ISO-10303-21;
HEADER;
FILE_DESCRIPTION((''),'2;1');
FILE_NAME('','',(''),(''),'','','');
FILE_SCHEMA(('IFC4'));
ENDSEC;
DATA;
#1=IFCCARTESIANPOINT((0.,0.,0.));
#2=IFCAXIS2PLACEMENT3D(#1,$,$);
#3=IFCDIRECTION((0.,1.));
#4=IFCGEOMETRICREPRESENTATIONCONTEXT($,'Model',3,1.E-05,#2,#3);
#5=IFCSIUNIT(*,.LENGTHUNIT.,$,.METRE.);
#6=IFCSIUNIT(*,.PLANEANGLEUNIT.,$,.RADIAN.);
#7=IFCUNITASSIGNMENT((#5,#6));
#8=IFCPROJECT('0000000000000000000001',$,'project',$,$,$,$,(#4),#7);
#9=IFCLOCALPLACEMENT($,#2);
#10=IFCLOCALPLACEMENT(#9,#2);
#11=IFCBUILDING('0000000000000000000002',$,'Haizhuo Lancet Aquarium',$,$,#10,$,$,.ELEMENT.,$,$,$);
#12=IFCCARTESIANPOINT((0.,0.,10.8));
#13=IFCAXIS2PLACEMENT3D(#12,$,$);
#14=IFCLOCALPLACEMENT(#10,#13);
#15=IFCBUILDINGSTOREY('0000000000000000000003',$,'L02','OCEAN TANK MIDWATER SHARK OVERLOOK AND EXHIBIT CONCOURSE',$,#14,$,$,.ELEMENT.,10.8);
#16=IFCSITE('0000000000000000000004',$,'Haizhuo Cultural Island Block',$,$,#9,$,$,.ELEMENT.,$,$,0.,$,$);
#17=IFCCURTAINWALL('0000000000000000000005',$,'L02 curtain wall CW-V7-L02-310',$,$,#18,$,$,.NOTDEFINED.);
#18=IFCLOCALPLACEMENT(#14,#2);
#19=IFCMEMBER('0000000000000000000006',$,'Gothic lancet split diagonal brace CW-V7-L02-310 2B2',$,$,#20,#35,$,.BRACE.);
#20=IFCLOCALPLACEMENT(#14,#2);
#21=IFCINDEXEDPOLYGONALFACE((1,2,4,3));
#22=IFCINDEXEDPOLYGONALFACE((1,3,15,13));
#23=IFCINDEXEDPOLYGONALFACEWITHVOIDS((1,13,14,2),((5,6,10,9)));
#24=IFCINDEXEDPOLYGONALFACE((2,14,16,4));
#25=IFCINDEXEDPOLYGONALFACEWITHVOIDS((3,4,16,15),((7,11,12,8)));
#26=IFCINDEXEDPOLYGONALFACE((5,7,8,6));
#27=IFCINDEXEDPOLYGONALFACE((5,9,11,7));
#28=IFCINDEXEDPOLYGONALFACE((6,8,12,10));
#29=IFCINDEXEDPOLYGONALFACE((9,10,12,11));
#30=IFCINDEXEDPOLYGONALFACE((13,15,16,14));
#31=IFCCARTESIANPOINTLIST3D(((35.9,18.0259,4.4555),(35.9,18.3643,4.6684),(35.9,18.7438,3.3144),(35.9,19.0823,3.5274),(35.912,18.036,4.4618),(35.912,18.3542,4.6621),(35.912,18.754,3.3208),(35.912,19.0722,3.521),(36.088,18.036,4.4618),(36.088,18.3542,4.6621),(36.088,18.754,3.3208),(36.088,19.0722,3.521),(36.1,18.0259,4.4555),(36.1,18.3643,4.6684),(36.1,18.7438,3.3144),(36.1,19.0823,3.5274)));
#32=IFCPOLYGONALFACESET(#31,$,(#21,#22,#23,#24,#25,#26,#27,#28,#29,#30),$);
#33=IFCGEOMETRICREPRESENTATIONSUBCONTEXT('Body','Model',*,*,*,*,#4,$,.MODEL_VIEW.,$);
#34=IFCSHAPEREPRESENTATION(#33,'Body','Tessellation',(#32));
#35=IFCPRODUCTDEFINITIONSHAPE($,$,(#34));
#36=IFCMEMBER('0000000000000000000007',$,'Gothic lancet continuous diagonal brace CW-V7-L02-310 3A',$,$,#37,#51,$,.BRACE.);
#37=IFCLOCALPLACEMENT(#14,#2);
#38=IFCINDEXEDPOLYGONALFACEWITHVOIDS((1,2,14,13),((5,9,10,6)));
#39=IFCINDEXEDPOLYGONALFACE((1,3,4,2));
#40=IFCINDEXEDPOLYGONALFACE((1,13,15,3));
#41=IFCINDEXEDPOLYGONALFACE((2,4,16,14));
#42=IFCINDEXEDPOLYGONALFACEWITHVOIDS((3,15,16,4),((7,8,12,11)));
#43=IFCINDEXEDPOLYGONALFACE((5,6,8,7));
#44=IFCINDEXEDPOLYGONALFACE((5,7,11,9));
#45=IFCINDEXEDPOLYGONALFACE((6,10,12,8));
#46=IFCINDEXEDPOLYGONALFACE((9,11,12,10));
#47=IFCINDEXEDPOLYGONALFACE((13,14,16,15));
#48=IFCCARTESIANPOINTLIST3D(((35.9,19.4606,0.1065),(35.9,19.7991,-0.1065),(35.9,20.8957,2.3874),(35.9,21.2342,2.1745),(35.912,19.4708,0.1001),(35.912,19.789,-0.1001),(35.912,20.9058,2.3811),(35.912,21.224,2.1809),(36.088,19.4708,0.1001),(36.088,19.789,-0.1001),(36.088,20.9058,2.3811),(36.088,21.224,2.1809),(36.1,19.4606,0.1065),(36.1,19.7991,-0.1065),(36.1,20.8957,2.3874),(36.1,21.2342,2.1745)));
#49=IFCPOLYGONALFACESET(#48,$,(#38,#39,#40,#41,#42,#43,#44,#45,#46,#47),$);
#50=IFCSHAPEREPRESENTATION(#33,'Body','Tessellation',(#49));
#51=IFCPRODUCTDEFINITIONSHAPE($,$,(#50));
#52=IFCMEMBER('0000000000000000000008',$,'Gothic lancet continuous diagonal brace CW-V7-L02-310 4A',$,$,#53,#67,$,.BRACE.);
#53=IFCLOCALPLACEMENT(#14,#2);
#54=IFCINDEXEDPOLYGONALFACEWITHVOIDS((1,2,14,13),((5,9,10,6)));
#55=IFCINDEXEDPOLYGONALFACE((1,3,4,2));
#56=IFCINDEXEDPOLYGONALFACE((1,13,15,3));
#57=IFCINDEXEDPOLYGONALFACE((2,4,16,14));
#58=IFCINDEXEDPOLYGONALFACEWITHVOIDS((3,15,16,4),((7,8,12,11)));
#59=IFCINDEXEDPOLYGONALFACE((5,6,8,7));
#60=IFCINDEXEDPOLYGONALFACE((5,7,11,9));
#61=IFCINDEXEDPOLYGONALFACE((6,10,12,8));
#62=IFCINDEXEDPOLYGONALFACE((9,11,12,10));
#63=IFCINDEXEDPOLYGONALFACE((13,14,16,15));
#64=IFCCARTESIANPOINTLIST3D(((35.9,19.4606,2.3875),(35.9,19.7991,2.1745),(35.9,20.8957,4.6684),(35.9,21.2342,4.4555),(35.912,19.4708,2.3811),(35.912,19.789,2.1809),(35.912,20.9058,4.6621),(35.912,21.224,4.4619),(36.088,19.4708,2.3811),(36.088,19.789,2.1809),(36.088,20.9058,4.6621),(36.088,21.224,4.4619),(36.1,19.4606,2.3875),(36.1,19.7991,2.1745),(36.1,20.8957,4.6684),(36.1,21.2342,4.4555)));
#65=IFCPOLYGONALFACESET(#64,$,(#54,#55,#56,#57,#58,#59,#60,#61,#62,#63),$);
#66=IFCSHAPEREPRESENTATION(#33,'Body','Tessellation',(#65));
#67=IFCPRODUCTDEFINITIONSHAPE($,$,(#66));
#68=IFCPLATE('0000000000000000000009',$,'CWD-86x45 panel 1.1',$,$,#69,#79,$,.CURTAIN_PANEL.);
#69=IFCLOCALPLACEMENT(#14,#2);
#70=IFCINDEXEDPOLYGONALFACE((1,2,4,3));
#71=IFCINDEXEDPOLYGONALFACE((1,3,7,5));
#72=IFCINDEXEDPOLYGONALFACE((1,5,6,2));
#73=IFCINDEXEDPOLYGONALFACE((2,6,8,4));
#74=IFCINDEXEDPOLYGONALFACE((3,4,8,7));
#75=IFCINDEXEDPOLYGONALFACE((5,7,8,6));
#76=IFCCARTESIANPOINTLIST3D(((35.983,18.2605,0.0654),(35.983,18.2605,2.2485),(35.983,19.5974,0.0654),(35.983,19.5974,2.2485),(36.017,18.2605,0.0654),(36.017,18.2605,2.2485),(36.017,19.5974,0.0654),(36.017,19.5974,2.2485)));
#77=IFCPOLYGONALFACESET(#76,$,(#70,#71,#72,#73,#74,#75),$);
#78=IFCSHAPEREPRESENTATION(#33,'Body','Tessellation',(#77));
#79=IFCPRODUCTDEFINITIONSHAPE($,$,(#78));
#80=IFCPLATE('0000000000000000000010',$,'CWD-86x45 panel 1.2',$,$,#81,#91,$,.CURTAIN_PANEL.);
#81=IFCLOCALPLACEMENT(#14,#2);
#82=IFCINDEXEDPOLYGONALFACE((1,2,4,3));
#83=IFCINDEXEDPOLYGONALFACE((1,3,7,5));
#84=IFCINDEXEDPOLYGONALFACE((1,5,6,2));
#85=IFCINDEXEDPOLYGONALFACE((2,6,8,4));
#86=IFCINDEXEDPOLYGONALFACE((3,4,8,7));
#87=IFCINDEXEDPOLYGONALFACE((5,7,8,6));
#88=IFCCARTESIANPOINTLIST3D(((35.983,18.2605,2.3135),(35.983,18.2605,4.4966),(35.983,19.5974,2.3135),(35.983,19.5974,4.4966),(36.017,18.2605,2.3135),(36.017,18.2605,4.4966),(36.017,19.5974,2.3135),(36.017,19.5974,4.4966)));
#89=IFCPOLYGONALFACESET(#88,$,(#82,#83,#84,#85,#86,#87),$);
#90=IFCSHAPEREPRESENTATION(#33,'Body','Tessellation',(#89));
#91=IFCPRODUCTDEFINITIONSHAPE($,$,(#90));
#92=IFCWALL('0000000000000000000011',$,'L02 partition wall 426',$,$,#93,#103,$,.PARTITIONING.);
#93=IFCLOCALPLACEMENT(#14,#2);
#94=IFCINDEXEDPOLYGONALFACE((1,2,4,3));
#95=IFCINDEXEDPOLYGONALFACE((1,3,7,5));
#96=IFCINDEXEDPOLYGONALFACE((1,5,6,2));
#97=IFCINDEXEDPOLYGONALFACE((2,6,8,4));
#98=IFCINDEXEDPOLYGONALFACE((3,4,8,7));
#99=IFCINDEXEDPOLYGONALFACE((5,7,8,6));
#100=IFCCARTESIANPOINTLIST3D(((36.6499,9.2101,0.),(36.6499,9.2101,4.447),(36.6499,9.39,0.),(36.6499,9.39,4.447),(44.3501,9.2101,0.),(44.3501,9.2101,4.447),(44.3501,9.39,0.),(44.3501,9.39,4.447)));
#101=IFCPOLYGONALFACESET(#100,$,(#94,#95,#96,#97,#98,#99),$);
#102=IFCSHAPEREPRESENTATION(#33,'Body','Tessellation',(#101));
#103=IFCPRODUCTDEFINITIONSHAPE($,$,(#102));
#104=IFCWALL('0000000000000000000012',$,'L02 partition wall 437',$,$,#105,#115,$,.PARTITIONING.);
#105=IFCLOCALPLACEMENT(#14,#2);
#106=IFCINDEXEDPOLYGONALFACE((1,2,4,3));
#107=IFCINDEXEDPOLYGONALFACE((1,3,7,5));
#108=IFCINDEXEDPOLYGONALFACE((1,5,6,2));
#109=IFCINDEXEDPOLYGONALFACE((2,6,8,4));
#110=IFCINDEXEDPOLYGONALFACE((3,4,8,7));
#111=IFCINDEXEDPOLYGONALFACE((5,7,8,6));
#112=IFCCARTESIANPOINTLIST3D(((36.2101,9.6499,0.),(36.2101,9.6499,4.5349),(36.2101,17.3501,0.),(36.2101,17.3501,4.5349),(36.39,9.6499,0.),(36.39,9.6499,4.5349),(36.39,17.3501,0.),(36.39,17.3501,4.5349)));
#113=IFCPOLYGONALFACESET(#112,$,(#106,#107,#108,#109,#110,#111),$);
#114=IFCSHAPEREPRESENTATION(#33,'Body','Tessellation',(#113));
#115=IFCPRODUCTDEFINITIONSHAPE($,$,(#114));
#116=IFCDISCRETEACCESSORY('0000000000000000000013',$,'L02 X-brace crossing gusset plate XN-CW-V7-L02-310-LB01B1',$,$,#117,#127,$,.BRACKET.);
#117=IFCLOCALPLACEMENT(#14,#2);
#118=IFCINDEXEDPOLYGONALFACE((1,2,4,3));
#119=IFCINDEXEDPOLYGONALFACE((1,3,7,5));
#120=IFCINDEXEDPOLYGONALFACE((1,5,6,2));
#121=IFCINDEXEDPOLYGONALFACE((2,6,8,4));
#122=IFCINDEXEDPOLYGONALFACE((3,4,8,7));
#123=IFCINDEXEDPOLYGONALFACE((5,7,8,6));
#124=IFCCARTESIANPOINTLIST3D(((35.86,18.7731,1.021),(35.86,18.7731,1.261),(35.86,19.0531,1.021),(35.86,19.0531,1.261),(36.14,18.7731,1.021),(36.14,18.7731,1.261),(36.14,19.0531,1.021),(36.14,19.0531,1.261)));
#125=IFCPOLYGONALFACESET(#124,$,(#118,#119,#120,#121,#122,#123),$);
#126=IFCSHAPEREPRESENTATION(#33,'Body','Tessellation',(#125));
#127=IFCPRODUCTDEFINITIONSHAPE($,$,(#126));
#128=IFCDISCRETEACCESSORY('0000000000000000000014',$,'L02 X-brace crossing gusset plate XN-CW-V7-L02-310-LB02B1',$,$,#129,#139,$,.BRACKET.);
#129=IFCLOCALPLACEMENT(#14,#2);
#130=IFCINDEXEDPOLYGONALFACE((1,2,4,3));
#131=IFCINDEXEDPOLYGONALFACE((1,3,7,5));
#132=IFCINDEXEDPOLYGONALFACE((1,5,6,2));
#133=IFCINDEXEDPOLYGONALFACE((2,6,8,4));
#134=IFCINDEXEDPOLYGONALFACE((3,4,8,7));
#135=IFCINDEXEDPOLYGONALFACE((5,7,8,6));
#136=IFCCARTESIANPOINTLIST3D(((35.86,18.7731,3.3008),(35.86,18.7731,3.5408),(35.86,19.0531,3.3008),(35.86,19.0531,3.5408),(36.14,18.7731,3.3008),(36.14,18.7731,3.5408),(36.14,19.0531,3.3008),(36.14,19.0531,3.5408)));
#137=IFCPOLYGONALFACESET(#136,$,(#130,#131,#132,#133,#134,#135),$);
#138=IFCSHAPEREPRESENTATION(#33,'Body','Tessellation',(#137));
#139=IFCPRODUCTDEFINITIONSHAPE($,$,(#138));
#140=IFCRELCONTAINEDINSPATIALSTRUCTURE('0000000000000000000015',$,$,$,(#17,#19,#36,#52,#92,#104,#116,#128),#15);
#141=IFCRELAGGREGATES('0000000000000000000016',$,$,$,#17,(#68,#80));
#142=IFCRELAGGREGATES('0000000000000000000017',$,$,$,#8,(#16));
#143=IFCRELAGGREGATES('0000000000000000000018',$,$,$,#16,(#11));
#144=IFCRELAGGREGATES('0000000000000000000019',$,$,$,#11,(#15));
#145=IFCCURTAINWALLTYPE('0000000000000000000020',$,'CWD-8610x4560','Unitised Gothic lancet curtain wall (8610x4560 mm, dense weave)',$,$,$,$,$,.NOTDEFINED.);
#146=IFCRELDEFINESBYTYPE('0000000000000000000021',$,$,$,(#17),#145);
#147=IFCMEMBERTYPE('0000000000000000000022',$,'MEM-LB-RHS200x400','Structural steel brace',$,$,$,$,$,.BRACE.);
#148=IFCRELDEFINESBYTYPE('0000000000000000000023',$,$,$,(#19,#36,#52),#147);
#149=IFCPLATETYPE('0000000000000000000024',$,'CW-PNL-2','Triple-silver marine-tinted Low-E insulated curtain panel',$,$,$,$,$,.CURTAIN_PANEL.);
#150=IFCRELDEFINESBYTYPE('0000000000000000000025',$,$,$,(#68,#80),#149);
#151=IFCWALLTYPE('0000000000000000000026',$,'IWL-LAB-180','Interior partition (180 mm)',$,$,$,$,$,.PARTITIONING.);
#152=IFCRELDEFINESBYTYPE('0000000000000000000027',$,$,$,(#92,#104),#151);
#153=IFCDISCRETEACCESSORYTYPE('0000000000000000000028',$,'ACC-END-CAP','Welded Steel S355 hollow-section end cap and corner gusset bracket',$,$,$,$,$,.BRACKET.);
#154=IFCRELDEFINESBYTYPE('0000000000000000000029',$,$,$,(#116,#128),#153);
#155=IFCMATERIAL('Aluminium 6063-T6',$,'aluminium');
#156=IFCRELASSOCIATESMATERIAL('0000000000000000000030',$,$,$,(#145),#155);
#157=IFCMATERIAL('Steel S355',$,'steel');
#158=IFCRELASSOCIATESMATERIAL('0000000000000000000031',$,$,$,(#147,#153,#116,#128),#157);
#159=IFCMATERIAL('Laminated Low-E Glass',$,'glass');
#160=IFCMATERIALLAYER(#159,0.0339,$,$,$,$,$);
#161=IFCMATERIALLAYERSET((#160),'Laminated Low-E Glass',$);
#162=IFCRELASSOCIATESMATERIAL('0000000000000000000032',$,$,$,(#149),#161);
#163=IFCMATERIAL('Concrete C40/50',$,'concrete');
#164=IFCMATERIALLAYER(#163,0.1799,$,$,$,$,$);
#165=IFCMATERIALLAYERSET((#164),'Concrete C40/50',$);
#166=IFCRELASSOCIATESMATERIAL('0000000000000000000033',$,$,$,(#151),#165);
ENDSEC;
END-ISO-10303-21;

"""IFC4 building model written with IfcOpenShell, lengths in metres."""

from ifc_helpers import new_model, si_unit, direction, frame, frame_2d, origin, origin_2d, place, context, subcontext, project, spatial, rectangle, hollow_rectangle, extrude, material, layer, layer_set, material_profile, profile_set, type_object, element, aggregate, save


model = new_model("IFC4")

# Units and contexts
model_context = context("Model", 3, precision=1e-05, world=origin(), true_north=direction((0.0, 1.0)))
body_context = subcontext(model_context, "Body", "Model", "MODEL_VIEW")
ifc_project = project(units=[si_unit("LENGTHUNIT", "METRE"), si_unit("PLANEANGLEUNIT", "RADIAN")], contexts=[model_context])

# Site, building, storey
site_placement = place(None, origin())
site = spatial("IfcSite", under=ifc_project, at=site_placement, Name="Haizhuo Cultural Island Block", CompositionType="ELEMENT", RefElevation=0.0)
building_placement = place(site_placement, origin())
building = spatial("IfcBuilding", under=site, at=building_placement, Name="Haizhuo Lancet Aquarium", CompositionType="ELEMENT")
storey_placement = place(building_placement, frame((0.0, 0.0, 10.8)))
storey = spatial("IfcBuildingStorey", under=building, at=storey_placement, Name="L02", Description="OCEAN TANK MIDWATER SHARK OVERLOOK AND EXHIBIT CONCOURSE", CompositionType="ELEMENT", Elevation=10.8)

# Shared definitions
ifc_material_1 = material(Name="Steel S355", Category="steel")

# Curtain wall
ifc_material_2 = material(Name="Aluminium 6063-T6", Category="aluminium")
curtain_wall_type = type_object("IfcCurtainWallType", Name="CWD-8610x4560", Description="Unitised Gothic lancet curtain wall (8610x4560 mm, dense weave)", PredefinedType="NOTDEFINED", material=ifc_material_2)
curtain_wall_placement = place(storey_placement, origin())
curtain_wall = element("IfcCurtainWall", 1, at=curtain_wall_placement, inside=storey, type_object=curtain_wall_type, Name="L02 curtain wall CW-V7-L02-310", PredefinedType="NOTDEFINED")

# Members
ifc_material_profile_1 = material_profile(ifc_material_1, hollow_rectangle(XDim=0.2, YDim=0.3999, WallThickness=0.012, at=origin_2d()), Name="RHS 200x400x12")
ifc_profile_set_1 = profile_set([ifc_material_profile_1], Name="Steel S355")
member_type_1 = type_object("IfcMemberType", Name="MEM-LB-RHS200x400", Description="Structural steel brace", PredefinedType="BRACE", material=ifc_profile_set_1)
member_1_placement = place(storey_placement, frame((36.0, 18.9131, 3.4209), z_axis=(0.0, -0.532568, 0.846387), x_axis=(1.0, 0.0, 0.0)))
element("IfcMember", 2, at=member_1_placement, inside=storey, type_object=member_type_1, Name="Gothic lancet split diagonal brace CW-V7-L02-310 2B2", PredefinedType="BRACE", context=body_context, shape_type="SweptSolid", body=[
    extrude(hollow_rectangle(XDim=0.2, YDim=0.3999, WallThickness=0.012, at=origin_2d()), origin(), (0.0, 0.0, 1.0), 1.3481),
])
for number, where, z_axis, x_axis, name in (
    (3, (36.0, 19.6299, 0.0), (0.0, 0.532513, 0.846422), (-1.0, 0.0, 0.0), "Gothic lancet continuous diagonal brace CW-V7-L02-310 3A"),
    (4, (36.0, 19.6299, 2.281), (0.0, 0.532513, 0.846422), (-1.0, 0.0, 0.0), "Gothic lancet continuous diagonal brace CW-V7-L02-310 4A"),
):
    element("IfcMember", number, at=place(storey_placement, frame(where, z_axis=z_axis, x_axis=x_axis)), inside=storey, type_object=member_type_1, Name=name, PredefinedType="BRACE", context=body_context, shape_type="SweptSolid", body=[
        extrude(hollow_rectangle(XDim=0.2, YDim=0.3999, WallThickness=0.012, at=origin_2d()), origin(), (0.0, 0.0, 1.0), 2.6948),
    ])

# Plates
ifc_material_3 = material(Name="Laminated Low-E Glass", Category="glass")
ifc_layer_1 = layer(ifc_material_3, 0.0339)
ifc_layer_set_1 = layer_set([ifc_layer_1], Name="Laminated Low-E Glass")
plate_type = type_object("IfcPlateType", Name="CW-PNL-2", Description="Triple-silver marine-tinted Low-E insulated curtain panel", PredefinedType="CURTAIN_PANEL", material=ifc_layer_set_1)
plate_1_placement = place(storey_placement, frame((36.0, 18.929, 0.0654), z_axis=(0.0, 0.0, 1.0), x_axis=(0.0, 1.0, 0.0)))
plate_1 = element("IfcPlate", 5, at=plate_1_placement, type_object=plate_type, Name="CWD-86x45 panel 1.1", PredefinedType="CURTAIN_PANEL", context=body_context, shape_type="SweptSolid", body=[
    extrude(rectangle(XDim=1.3369, YDim=0.0339, at=origin_2d()), origin(), (0.0, 0.0, 1.0), 2.1831),
])
plate_2_placement = place(storey_placement, frame((36.0, 18.929, 2.3135), z_axis=(0.0, 0.0, 1.0), x_axis=(0.0, 1.0, 0.0)))
plate_2 = element("IfcPlate", 6, at=plate_2_placement, type_object=plate_type, Name="CWD-86x45 panel 1.2", PredefinedType="CURTAIN_PANEL", context=body_context, shape_type="SweptSolid", body=[
    extrude(rectangle(XDim=1.3369, YDim=0.0339, at=origin_2d()), origin(), (0.0, 0.0, 1.0), 2.1831),
])
aggregate(curtain_wall, [plate_1, plate_2])

# Walls
ifc_material_4 = material(Name="Concrete C40/50", Category="concrete")
ifc_layer_2 = layer(ifc_material_4, 0.1799)
ifc_layer_set_2 = layer_set([ifc_layer_2], Name="Concrete C40/50")
wall_type = type_object("IfcWallType", Name="IWL-LAB-180", Description="Interior partition (180 mm)", PredefinedType="PARTITIONING", material=ifc_layer_set_2)
wall_1_placement = place(storey_placement, frame((36.6499, 9.3, 0.0), z_axis=(0.0, 0.0, 1.0), x_axis=(1.0, 0.0, 0.0)))
element("IfcWall", 7, at=wall_1_placement, inside=storey, type_object=wall_type, Name="L02 partition wall 426", PredefinedType="PARTITIONING", context=body_context, shape_type="SweptSolid", body=[
    extrude(rectangle(XDim=7.7002, YDim=0.1799, at=frame_2d((3.8501, 0.0))), origin(), (0.0, 0.0, 1.0), 4.447),
])
wall_2_placement = place(storey_placement, frame((36.3, 17.3501, 0.0), z_axis=(0.0, 0.0, 1.0), x_axis=(0.0, -1.0, 0.0)))
element("IfcWall", 8, at=wall_2_placement, inside=storey, type_object=wall_type, Name="L02 partition wall 437", PredefinedType="PARTITIONING", context=body_context, shape_type="SweptSolid", body=[
    extrude(rectangle(XDim=7.7002, YDim=0.1799, at=frame_2d((3.8501, 0.0))), origin(), (0.0, 0.0, 1.0), 4.5349),
])

# Discrete accessories
discrete_accessory_type = type_object("IfcDiscreteAccessoryType", Name="ACC-END-CAP", Description="Welded Steel S355 hollow-section end cap and corner gusset bracket", PredefinedType="BRACKET", material=ifc_material_1)
for number, where, z_axis, x_axis, name in (
    (9, (36.0, 18.9131, 1.021), (0.0, 0.0, 1.0), (1.0, 0.0, 0.0), "L02 X-brace crossing gusset plate XN-CW-V7-L02-310-LB01B1"),
    (10, (36.0, 18.9131, 3.3008), (0.0, 0.0, 1.0), (1.0, 0.0, 0.0), "L02 X-brace crossing gusset plate XN-CW-V7-L02-310-LB02B1"),
):
    element("IfcDiscreteAccessory", number, at=place(storey_placement, frame(where, z_axis=z_axis, x_axis=x_axis)), inside=storey, type_object=discrete_accessory_type, material=ifc_material_1, Name=name, PredefinedType="BRACKET", context=body_context, shape_type="SweptSolid", body=[
        extrude(rectangle(XDim=0.28, YDim=0.28, at=origin_2d()), origin(), (0.0, 0.0, 1.0), 0.24),
    ])

save(model, "model.ifc")
